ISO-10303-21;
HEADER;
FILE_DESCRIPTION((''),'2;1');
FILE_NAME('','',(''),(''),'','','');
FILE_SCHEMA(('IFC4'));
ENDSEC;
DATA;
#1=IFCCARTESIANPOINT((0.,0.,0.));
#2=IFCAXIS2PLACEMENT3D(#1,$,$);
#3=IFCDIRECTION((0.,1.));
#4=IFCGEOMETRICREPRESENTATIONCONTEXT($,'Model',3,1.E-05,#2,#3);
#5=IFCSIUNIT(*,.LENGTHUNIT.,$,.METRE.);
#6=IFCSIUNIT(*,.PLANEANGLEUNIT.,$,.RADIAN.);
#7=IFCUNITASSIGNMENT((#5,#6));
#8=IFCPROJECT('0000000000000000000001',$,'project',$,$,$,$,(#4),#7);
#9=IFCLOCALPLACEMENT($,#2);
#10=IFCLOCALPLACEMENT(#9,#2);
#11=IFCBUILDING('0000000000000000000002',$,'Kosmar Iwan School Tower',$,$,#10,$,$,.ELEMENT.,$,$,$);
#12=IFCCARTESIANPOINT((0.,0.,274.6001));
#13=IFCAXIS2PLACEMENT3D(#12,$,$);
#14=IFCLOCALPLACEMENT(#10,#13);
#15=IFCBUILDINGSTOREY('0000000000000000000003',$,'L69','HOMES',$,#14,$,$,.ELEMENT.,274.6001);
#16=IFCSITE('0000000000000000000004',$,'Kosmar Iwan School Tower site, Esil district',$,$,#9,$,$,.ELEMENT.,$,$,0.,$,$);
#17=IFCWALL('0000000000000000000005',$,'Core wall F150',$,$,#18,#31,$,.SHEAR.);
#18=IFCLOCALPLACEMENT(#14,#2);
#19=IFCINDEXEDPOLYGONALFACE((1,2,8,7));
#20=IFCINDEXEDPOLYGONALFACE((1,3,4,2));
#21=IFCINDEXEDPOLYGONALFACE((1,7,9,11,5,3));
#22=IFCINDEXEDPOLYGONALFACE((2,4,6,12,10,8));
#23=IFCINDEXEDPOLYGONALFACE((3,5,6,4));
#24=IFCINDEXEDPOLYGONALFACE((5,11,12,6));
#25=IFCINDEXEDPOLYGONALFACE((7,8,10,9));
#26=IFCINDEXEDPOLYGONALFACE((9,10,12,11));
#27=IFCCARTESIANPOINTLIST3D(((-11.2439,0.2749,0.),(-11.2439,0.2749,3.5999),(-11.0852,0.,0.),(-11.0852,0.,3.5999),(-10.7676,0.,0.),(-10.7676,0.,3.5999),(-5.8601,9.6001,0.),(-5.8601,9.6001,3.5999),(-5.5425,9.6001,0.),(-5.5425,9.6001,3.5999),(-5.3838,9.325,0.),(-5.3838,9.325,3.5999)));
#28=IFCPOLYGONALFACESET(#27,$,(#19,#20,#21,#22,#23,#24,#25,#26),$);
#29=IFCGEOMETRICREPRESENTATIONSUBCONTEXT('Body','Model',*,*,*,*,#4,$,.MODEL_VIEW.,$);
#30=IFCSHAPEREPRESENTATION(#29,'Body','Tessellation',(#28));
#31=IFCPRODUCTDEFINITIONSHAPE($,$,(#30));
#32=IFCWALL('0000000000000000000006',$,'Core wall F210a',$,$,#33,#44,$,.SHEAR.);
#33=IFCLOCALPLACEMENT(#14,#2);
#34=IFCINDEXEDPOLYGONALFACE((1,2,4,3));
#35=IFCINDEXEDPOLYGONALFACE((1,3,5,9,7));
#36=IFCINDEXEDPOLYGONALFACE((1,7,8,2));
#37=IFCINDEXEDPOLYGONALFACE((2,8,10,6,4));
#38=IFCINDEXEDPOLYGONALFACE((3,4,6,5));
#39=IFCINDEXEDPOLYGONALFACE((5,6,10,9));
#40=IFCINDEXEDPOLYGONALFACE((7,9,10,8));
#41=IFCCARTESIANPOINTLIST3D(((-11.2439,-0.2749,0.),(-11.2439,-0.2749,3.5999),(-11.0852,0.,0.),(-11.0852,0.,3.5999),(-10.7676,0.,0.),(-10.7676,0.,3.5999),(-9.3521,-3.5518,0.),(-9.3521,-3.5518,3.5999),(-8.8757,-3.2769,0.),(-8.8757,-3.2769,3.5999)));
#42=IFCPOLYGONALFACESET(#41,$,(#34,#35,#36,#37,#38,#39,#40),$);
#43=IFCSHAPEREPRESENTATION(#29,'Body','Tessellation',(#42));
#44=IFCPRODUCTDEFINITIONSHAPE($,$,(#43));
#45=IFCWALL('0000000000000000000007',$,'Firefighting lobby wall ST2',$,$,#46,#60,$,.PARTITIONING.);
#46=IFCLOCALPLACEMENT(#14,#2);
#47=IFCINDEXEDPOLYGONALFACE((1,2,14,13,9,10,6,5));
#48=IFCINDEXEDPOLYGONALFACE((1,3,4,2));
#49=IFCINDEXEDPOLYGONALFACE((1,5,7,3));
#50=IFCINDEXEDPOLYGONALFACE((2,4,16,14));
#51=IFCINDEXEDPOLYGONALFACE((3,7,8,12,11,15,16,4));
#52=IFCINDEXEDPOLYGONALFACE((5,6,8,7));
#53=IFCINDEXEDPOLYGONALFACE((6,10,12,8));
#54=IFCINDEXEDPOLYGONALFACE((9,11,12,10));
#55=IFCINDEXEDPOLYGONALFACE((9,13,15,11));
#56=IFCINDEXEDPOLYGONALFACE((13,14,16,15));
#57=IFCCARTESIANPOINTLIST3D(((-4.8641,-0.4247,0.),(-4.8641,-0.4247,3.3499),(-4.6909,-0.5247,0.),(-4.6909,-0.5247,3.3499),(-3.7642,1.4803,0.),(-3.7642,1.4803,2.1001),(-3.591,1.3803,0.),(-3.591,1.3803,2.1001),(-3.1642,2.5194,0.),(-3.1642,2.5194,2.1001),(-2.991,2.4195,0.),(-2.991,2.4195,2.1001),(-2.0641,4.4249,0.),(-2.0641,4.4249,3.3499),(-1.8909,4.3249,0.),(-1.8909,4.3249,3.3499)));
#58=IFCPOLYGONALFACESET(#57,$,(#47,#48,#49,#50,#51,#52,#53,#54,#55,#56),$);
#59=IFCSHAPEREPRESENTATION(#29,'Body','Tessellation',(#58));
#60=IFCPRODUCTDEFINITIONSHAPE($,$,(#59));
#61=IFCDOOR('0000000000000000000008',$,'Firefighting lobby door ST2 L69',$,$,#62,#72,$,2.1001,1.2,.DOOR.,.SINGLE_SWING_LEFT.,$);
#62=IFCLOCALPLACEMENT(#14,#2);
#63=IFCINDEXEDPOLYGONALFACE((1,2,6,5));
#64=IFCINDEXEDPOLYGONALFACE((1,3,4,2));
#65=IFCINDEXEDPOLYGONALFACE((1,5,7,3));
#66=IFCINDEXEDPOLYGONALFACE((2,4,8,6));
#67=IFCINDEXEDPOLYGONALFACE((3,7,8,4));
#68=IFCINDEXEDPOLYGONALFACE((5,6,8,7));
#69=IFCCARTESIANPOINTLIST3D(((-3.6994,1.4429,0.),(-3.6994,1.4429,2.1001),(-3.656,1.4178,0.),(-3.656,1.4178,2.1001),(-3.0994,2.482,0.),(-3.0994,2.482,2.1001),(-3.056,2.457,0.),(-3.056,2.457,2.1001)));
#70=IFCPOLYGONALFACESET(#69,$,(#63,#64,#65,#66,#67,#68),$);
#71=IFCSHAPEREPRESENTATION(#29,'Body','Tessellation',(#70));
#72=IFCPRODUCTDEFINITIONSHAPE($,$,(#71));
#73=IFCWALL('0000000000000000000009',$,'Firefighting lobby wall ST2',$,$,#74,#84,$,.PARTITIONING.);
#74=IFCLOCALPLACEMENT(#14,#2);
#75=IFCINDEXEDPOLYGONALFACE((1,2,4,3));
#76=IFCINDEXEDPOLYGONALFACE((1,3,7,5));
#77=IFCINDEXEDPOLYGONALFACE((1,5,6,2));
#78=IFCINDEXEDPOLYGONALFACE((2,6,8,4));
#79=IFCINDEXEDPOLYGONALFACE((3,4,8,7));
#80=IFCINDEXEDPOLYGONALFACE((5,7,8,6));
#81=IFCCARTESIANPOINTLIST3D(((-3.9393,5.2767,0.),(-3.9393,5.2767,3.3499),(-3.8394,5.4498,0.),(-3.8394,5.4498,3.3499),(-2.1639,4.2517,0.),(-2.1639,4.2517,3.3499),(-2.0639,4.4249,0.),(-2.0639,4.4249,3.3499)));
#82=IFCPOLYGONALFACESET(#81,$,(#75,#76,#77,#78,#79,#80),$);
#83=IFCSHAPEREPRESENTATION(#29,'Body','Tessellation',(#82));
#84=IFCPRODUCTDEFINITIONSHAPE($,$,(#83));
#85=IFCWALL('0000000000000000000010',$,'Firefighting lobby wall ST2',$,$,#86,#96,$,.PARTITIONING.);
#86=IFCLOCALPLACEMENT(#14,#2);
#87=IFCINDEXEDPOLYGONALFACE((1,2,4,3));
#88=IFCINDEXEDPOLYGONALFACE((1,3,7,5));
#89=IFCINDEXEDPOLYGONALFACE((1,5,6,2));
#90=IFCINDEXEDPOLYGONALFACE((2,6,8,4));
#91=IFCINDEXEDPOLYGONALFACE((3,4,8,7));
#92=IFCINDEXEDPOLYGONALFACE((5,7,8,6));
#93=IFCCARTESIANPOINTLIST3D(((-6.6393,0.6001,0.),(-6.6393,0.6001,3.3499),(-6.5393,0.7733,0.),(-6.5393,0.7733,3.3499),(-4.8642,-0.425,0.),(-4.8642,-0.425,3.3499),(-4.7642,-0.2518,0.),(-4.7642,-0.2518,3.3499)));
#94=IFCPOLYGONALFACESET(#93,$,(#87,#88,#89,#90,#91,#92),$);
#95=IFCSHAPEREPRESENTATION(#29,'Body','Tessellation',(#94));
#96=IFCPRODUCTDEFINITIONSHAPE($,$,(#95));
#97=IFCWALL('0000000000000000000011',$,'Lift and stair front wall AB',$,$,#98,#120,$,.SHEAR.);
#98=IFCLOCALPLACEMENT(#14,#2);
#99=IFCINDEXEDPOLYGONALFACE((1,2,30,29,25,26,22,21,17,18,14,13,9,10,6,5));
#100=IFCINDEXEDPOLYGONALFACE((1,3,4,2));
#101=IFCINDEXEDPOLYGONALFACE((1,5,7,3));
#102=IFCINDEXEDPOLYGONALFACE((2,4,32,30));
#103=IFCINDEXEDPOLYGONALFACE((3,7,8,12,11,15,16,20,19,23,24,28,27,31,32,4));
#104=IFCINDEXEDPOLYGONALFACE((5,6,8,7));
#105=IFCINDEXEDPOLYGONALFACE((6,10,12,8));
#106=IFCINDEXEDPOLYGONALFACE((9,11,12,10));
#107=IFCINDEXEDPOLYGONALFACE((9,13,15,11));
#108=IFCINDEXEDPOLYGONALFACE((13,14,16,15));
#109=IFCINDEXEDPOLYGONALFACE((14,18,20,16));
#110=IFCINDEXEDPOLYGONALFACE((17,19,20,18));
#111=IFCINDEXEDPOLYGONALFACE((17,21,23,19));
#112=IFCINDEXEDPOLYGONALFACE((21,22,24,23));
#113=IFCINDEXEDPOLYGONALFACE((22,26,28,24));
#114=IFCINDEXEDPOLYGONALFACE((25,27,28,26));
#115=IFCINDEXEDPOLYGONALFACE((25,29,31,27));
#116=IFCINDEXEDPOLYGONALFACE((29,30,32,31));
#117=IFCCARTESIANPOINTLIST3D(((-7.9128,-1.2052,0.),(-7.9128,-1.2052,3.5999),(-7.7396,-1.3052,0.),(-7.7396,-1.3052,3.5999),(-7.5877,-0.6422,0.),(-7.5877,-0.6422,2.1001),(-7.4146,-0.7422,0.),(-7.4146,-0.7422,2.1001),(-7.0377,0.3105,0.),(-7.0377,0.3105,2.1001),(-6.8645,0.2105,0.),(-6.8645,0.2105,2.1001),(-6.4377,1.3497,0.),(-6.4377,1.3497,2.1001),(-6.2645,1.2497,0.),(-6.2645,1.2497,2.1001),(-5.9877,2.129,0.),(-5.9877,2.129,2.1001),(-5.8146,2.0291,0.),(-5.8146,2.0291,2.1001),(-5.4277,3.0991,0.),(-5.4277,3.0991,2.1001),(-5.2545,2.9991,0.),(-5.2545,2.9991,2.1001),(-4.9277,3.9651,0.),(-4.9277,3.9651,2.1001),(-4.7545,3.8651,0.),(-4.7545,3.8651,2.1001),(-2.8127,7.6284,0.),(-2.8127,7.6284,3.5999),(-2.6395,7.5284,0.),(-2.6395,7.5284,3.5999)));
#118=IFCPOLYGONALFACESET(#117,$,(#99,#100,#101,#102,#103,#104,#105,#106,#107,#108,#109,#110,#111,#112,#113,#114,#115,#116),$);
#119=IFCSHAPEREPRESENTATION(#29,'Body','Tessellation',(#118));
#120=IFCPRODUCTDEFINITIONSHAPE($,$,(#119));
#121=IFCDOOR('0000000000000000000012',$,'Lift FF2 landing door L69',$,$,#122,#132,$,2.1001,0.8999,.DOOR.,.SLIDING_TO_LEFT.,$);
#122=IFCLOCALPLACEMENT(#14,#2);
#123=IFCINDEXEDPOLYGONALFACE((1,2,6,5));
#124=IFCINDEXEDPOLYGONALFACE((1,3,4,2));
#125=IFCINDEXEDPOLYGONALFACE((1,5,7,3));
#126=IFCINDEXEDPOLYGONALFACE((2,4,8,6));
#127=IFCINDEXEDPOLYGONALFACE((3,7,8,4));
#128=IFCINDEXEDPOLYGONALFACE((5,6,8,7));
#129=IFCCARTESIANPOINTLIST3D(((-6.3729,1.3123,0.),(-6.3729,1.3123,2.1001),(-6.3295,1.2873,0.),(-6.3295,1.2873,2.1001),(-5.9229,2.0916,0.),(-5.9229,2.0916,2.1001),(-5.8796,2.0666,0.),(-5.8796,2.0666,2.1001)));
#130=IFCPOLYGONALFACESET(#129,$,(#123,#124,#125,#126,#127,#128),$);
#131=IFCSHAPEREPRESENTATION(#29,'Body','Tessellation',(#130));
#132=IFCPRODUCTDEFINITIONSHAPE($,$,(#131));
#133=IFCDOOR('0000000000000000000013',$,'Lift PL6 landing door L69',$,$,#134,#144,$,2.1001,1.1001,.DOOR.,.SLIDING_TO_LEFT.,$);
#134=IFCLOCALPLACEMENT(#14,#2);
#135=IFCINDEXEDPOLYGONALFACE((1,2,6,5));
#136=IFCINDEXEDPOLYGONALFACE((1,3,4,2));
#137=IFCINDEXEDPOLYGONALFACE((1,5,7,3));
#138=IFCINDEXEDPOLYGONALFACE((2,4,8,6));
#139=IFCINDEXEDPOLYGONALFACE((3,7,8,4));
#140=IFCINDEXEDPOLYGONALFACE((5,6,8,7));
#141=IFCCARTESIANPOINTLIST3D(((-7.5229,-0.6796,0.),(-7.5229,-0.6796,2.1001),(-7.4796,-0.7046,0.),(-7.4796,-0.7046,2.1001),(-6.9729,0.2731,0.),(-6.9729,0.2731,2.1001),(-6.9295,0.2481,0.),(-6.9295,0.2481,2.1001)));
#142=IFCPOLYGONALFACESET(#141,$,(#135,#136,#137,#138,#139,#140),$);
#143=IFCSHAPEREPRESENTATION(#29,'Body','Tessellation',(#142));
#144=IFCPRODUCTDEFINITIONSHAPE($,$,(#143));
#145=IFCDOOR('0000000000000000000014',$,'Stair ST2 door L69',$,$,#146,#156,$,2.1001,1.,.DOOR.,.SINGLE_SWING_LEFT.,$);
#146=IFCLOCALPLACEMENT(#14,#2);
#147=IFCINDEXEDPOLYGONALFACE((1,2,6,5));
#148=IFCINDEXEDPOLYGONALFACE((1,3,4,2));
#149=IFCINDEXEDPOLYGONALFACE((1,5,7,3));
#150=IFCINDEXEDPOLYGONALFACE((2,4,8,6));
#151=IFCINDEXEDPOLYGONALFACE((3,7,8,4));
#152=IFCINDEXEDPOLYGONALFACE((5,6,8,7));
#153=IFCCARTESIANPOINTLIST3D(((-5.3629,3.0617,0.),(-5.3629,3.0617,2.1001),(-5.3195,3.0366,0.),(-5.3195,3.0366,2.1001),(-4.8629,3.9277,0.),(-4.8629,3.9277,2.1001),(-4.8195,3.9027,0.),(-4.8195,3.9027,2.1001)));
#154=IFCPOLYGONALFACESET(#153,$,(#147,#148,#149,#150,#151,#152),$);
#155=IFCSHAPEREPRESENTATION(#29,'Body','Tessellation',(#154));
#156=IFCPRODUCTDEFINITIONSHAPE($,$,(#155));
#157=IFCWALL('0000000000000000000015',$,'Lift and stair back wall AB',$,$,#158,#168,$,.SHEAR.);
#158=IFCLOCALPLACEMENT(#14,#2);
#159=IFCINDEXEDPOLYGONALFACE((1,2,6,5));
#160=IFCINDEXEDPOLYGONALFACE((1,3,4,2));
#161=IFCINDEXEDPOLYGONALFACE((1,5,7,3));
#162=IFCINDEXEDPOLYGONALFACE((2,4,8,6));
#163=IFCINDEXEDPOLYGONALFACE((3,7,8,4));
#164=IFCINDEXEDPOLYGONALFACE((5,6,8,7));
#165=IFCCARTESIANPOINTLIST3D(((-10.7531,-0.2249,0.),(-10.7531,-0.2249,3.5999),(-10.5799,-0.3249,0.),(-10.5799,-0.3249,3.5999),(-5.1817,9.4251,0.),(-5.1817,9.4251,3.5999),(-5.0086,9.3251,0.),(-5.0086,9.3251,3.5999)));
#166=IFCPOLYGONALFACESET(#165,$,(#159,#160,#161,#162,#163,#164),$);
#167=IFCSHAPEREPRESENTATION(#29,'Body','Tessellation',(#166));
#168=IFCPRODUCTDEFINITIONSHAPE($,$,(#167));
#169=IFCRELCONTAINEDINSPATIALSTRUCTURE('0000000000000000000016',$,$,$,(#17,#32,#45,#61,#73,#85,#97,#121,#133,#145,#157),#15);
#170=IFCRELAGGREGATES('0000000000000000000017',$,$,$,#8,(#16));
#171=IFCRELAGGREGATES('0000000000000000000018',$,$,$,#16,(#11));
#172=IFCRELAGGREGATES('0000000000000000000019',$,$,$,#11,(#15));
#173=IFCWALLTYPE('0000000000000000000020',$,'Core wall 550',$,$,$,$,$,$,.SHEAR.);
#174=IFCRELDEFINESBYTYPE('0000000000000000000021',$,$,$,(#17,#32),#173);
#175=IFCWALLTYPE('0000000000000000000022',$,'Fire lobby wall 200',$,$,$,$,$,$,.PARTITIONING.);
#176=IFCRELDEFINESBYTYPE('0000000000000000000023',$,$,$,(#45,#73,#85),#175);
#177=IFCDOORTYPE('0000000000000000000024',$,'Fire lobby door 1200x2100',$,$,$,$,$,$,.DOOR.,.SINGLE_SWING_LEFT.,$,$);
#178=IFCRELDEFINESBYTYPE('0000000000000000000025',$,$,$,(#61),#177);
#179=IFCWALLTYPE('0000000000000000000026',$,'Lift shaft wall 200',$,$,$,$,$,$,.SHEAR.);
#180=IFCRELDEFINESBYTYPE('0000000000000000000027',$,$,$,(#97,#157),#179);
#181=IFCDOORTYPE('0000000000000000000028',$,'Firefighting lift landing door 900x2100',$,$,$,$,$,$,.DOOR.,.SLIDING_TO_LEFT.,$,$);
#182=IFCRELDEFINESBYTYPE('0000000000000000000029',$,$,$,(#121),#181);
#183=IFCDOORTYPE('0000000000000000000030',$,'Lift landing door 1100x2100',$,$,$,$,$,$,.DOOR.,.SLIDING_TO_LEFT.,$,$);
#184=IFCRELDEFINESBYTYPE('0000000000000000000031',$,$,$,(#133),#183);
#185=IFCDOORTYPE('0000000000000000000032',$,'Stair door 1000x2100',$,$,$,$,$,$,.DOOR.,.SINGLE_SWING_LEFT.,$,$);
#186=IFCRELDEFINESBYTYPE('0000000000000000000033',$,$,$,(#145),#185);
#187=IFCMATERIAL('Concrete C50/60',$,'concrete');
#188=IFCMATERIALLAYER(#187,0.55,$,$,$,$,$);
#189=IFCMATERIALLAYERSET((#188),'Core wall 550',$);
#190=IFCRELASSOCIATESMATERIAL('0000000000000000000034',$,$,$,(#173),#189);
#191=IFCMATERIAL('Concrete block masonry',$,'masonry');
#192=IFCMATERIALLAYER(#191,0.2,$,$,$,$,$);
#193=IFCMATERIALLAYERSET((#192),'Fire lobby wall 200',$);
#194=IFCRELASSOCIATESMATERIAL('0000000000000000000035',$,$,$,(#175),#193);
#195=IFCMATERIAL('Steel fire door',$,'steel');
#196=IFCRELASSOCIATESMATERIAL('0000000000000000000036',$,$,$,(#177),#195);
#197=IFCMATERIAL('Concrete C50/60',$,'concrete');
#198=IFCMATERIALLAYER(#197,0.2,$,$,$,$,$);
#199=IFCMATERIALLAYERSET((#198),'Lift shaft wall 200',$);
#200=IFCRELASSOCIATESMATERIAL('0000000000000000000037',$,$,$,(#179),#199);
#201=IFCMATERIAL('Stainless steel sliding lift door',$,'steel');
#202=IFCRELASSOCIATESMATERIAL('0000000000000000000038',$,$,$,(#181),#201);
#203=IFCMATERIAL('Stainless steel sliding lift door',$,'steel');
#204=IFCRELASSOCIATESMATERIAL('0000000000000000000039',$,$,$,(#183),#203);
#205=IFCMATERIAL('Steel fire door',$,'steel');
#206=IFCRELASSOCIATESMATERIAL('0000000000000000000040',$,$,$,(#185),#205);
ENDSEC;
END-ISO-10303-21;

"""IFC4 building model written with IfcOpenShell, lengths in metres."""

from ifc_helpers import new_model, si_unit, direction, frame, frame_2d, origin, place, context, subcontext, project, spatial, polyline, rectangle, outline, extrude, material, layer, layer_set, type_object, element, fill, save


model = new_model("IFC4")

# Units and contexts
model_context = context("Model", 3, precision=1e-05, world=origin(), true_north=direction((0.0, 1.0)))
body_context = subcontext(model_context, "Body", "Model", "MODEL_VIEW")
ifc_project = project(units=[si_unit("LENGTHUNIT", "METRE"), si_unit("PLANEANGLEUNIT", "RADIAN")], contexts=[model_context])

# Site, building, storey
site_placement = place(None, origin())
site = spatial("IfcSite", under=ifc_project, at=site_placement, Name="Kosmar Iwan School Tower site, Esil district", CompositionType="ELEMENT", RefElevation=0.0)
building_placement = place(site_placement, origin())
building = spatial("IfcBuilding", under=site, at=building_placement, Name="Kosmar Iwan School Tower", CompositionType="ELEMENT")
storey_placement = place(building_placement, frame((0.0, 0.0, 274.6001)))
storey = spatial("IfcBuildingStorey", under=building, at=storey_placement, Name="L69", Description="HOMES", CompositionType="ELEMENT", Elevation=274.6001)

# Walls
ifc_material_1 = material(Name="Concrete C50/60", Category="concrete")
ifc_layer_1 = layer(ifc_material_1, 0.55)
ifc_layer_set_1 = layer_set([ifc_layer_1], Name="Core wall 550")
wall_type_1 = type_object("IfcWallType", Name="Core wall 550", PredefinedType="SHEAR", material=ifc_layer_set_1)
wall_1_placement = place(storey_placement, origin())
element("IfcWall", 1, at=wall_1_placement, inside=storey, type_object=wall_type_1, Name="Core wall F150", PredefinedType="SHEAR", context=body_context, shape_type="SweptSolid", body=[
    extrude(outline(polyline([(-11.0852, 0.0), (-10.7676, 0.0), (-5.3838, 9.325), (-5.5425, 9.6001), (-5.8601, 9.6001), (-11.2439, 0.2749), (-11.0852, 0.0)])), origin(), (0.0, 0.0, 1.0), 3.5999),
])
wall_2_placement = place(storey_placement, origin())
element("IfcWall", 2, at=wall_2_placement, inside=storey, type_object=wall_type_1, Name="Core wall F210a", PredefinedType="SHEAR", context=body_context, shape_type="SweptSolid", body=[
    extrude(outline(polyline([(-9.3521, -3.5518), (-8.8757, -3.2769), (-10.7676, 0.0), (-11.0852, 0.0), (-11.2439, -0.2749), (-9.3521, -3.5518)])), origin(), (0.0, 0.0, 1.0), 3.5999),
])

# Wall, opening, door
ifc_material_2 = material(Name="Concrete block masonry", Category="masonry")
ifc_layer_2 = layer(ifc_material_2, 0.2)
ifc_layer_set_2 = layer_set([ifc_layer_2], Name="Fire lobby wall 200")
wall_type_2 = type_object("IfcWallType", Name="Fire lobby wall 200", PredefinedType="PARTITIONING", material=ifc_layer_set_2)
wall_3_placement = place(storey_placement, frame((-1.9775, 4.3748, 0.0), z_axis=(0.0, 0.0, 1.0), x_axis=(-0.500017, -0.866016, 0.0)))
wall_3 = element("IfcWall", 3, at=wall_3_placement, inside=storey, type_object=wall_type_2, Name="Firefighting lobby wall ST2", PredefinedType="PARTITIONING", context=body_context, shape_type="SweptSolid", body=[
    extrude(rectangle(XDim=5.5999, YDim=0.2, at=frame_2d((2.7998, 0.0))), origin(), (0.0, 0.0, 1.0), 3.3499),
])
opening_1_placement = place(wall_3_placement, frame((2.2, 0.0, 0.0)))
opening_1 = element("IfcOpeningElement", 4, at=opening_1_placement, cuts=wall_3, PredefinedType="OPENING", context=body_context, shape_type="SweptSolid", body=[
    extrude(rectangle(XDim=1.2, YDim=2.1001, at=frame_2d((0.6001, 1.05))), frame((0.0, 0.1121, 0.0), z_axis=(0.0, -1.0, 0.0), x_axis=(1.0, 0.0, 0.0)), (0.0, 0.0, 1.0), 0.2239),
])
ifc_material_3 = material(Name="Steel fire door", Category="steel")
door_type_1 = type_object("IfcDoorType", Name="Fire lobby door 1200x2100", OperationType="SINGLE_SWING_LEFT", PredefinedType="DOOR", material=ifc_material_3)
door_1_placement = place(opening_1_placement, origin())
door_1 = element("IfcDoor", 5, at=door_1_placement, inside=storey, type_object=door_type_1, Name="Firefighting lobby door ST2 L69", OperationType="SINGLE_SWING_LEFT", OverallHeight=2.1001, OverallWidth=1.2, PredefinedType="DOOR", context=body_context, shape_type="SweptSolid", body=[
    extrude(rectangle(XDim=1.2, YDim=2.1001, at=frame_2d((0.6001, 1.05))), frame((0.0, 0.0249, 0.0), z_axis=(0.0, -1.0, 0.0), x_axis=(1.0, 0.0, 0.0)), (0.0, 0.0, 1.0), 0.05),
])
fill(opening_1, door_1)

# Walls
wall_4_placement = place(storey_placement, frame((-2.114, 4.3384, 0.0), z_axis=(0.0, 0.0, 1.0), x_axis=(-0.866051, 0.499956, 0.0)))
element("IfcWall", 6, at=wall_4_placement, inside=storey, type_object=wall_type_2, Name="Firefighting lobby wall ST2", PredefinedType="PARTITIONING", context=body_context, shape_type="SweptSolid", body=[
    extrude(rectangle(XDim=2.05, YDim=0.2, at=frame_2d((1.0249, 0.0))), origin(), (0.0, 0.0, 1.0), 3.3499),
])
wall_5_placement = place(storey_placement, frame((-4.8142, -0.3384, 0.0), z_axis=(0.0, 0.0, 1.0), x_axis=(-0.865969, 0.500097, 0.0)))
element("IfcWall", 7, at=wall_5_placement, inside=storey, type_object=wall_type_2, Name="Firefighting lobby wall ST2", PredefinedType="PARTITIONING", context=body_context, shape_type="SweptSolid", body=[
    extrude(rectangle(XDim=2.0498, YDim=0.2, at=frame_2d((1.0249, 0.0))), origin(), (0.0, 0.0, 1.0), 3.3499),
])

# Wall, openings, doors
ifc_material_4 = material(Name="Concrete C50/60", Category="concrete")
ifc_layer_3 = layer(ifc_material_4, 0.2)
ifc_layer_set_3 = layer_set([ifc_layer_3], Name="Lift shaft wall 200")
wall_type_3 = type_object("IfcWallType", Name="Lift shaft wall 200", PredefinedType="SHEAR", material=ifc_layer_set_3)
wall_6_placement = place(storey_placement, frame((-2.7261, 7.5784, 0.0), z_axis=(0.0, 0.0, 1.0), x_axis=(-0.500006, -0.866022, 0.0)))
wall_6 = element("IfcWall", 8, at=wall_6_placement, inside=storey, type_object=wall_type_3, Name="Lift and stair front wall AB", PredefinedType="SHEAR", context=body_context, shape_type="SweptSolid", body=[
    extrude(rectangle(XDim=10.2002, YDim=0.2, at=frame_2d((5.1001, 0.0))), origin(), (0.0, 0.0, 1.0), 3.5999),
])
opening_2_placement = place(wall_6_placement, frame((6.3501, 0.0, 0.0)))
opening_2 = element("IfcOpeningElement", 9, at=opening_2_placement, cuts=wall_6, PredefinedType="OPENING", context=body_context, shape_type="SweptSolid", body=[
    extrude(rectangle(XDim=0.8999, YDim=2.1001, at=frame_2d((0.45, 1.05))), frame((0.0, 0.1121, 0.0), z_axis=(0.0, -1.0, 0.0), x_axis=(1.0, 0.0, 0.0)), (0.0, 0.0, 1.0), 0.2239),
])
opening_3_placement = place(wall_6_placement, frame((8.45, 0.0, 0.0)))
opening_3 = element("IfcOpeningElement", 10, at=opening_3_placement, cuts=wall_6, PredefinedType="OPENING", context=body_context, shape_type="SweptSolid", body=[
    extrude(rectangle(XDim=1.1001, YDim=2.1001, at=frame_2d((0.55, 1.05))), frame((0.0, 0.1121, 0.0), z_axis=(0.0, -1.0, 0.0), x_axis=(1.0, 0.0, 0.0)), (0.0, 0.0, 1.0), 0.2239),
])
opening_4_placement = place(wall_6_placement, frame((4.23, 0.0, 0.0)))
opening_4 = element("IfcOpeningElement", 11, at=opening_4_placement, cuts=wall_6, PredefinedType="OPENING", context=body_context, shape_type="SweptSolid", body=[
    extrude(rectangle(XDim=1.0, YDim=2.1001, at=frame_2d((0.5, 1.05))), frame((0.0, 0.1121, 0.0), z_axis=(0.0, -1.0, 0.0), x_axis=(1.0, 0.0, 0.0)), (0.0, 0.0, 1.0), 0.2239),
])
ifc_material_5 = material(Name="Stainless steel sliding lift door", Category="steel")
door_type_2 = type_object("IfcDoorType", Name="Firefighting lift landing door 900x2100", OperationType="SLIDING_TO_LEFT", PredefinedType="DOOR", material=ifc_material_5)
door_2_placement = place(opening_2_placement, origin())
door_2 = element("IfcDoor", 12, at=door_2_placement, inside=storey, type_object=door_type_2, Name="Lift FF2 landing door L69", OperationType="SLIDING_TO_LEFT", OverallHeight=2.1001, OverallWidth=0.8999, PredefinedType="DOOR", context=body_context, shape_type="SweptSolid", body=[
    extrude(rectangle(XDim=0.8999, YDim=2.1001, at=frame_2d((0.45, 1.05))), frame((0.0, 0.0249, 0.0), z_axis=(0.0, -1.0, 0.0), x_axis=(1.0, 0.0, 0.0)), (0.0, 0.0, 1.0), 0.05),
])
fill(opening_2, door_2)
ifc_material_6 = material(Name="Stainless steel sliding lift door", Category="steel")
door_type_3 = type_object("IfcDoorType", Name="Lift landing door 1100x2100", OperationType="SLIDING_TO_LEFT", PredefinedType="DOOR", material=ifc_material_6)
door_3_placement = place(opening_3_placement, origin())
door_3 = element("IfcDoor", 13, at=door_3_placement, inside=storey, type_object=door_type_3, Name="Lift PL6 landing door L69", OperationType="SLIDING_TO_LEFT", OverallHeight=2.1001, OverallWidth=1.1001, PredefinedType="DOOR", context=body_context, shape_type="SweptSolid", body=[
    extrude(rectangle(XDim=1.1001, YDim=2.1001, at=frame_2d((0.55, 1.05))), frame((0.0, 0.0249, 0.0), z_axis=(0.0, -1.0, 0.0), x_axis=(1.0, 0.0, 0.0)), (0.0, 0.0, 1.0), 0.05),
])
fill(opening_3, door_3)
ifc_material_7 = material(Name="Steel fire door", Category="steel")
door_type_4 = type_object("IfcDoorType", Name="Stair door 1000x2100", OperationType="SINGLE_SWING_LEFT", PredefinedType="DOOR", material=ifc_material_7)
door_4_placement = place(opening_4_placement, origin())
door_4 = element("IfcDoor", 14, at=door_4_placement, inside=storey, type_object=door_type_4, Name="Stair ST2 door L69", OperationType="SINGLE_SWING_LEFT", OverallHeight=2.1001, OverallWidth=1.0, PredefinedType="DOOR", context=body_context, shape_type="SweptSolid", body=[
    extrude(rectangle(XDim=1.0, YDim=2.1001, at=frame_2d((0.5, 1.05))), frame((0.0, 0.0249, 0.0), z_axis=(0.0, -1.0, 0.0), x_axis=(1.0, 0.0, 0.0)), (0.0, 0.0, 1.0), 0.05),
])
fill(opening_4, door_4)

# Wall
wall_7_placement = place(storey_placement, frame((-5.0952, 9.375, 0.0), z_axis=(0.0, 0.0, 1.0), x_axis=(-0.499994, -0.866029, 0.0)))
element("IfcWall", 15, at=wall_7_placement, inside=storey, type_object=wall_type_3, Name="Lift and stair back wall AB", PredefinedType="SHEAR", context=body_context, shape_type="SweptSolid", body=[
    extrude(rectangle(XDim=11.1428, YDim=0.2, at=frame_2d((5.5713, 0.0))), origin(), (0.0, 0.0, 1.0), 3.5999),
])

save(model, "model.ifc")
